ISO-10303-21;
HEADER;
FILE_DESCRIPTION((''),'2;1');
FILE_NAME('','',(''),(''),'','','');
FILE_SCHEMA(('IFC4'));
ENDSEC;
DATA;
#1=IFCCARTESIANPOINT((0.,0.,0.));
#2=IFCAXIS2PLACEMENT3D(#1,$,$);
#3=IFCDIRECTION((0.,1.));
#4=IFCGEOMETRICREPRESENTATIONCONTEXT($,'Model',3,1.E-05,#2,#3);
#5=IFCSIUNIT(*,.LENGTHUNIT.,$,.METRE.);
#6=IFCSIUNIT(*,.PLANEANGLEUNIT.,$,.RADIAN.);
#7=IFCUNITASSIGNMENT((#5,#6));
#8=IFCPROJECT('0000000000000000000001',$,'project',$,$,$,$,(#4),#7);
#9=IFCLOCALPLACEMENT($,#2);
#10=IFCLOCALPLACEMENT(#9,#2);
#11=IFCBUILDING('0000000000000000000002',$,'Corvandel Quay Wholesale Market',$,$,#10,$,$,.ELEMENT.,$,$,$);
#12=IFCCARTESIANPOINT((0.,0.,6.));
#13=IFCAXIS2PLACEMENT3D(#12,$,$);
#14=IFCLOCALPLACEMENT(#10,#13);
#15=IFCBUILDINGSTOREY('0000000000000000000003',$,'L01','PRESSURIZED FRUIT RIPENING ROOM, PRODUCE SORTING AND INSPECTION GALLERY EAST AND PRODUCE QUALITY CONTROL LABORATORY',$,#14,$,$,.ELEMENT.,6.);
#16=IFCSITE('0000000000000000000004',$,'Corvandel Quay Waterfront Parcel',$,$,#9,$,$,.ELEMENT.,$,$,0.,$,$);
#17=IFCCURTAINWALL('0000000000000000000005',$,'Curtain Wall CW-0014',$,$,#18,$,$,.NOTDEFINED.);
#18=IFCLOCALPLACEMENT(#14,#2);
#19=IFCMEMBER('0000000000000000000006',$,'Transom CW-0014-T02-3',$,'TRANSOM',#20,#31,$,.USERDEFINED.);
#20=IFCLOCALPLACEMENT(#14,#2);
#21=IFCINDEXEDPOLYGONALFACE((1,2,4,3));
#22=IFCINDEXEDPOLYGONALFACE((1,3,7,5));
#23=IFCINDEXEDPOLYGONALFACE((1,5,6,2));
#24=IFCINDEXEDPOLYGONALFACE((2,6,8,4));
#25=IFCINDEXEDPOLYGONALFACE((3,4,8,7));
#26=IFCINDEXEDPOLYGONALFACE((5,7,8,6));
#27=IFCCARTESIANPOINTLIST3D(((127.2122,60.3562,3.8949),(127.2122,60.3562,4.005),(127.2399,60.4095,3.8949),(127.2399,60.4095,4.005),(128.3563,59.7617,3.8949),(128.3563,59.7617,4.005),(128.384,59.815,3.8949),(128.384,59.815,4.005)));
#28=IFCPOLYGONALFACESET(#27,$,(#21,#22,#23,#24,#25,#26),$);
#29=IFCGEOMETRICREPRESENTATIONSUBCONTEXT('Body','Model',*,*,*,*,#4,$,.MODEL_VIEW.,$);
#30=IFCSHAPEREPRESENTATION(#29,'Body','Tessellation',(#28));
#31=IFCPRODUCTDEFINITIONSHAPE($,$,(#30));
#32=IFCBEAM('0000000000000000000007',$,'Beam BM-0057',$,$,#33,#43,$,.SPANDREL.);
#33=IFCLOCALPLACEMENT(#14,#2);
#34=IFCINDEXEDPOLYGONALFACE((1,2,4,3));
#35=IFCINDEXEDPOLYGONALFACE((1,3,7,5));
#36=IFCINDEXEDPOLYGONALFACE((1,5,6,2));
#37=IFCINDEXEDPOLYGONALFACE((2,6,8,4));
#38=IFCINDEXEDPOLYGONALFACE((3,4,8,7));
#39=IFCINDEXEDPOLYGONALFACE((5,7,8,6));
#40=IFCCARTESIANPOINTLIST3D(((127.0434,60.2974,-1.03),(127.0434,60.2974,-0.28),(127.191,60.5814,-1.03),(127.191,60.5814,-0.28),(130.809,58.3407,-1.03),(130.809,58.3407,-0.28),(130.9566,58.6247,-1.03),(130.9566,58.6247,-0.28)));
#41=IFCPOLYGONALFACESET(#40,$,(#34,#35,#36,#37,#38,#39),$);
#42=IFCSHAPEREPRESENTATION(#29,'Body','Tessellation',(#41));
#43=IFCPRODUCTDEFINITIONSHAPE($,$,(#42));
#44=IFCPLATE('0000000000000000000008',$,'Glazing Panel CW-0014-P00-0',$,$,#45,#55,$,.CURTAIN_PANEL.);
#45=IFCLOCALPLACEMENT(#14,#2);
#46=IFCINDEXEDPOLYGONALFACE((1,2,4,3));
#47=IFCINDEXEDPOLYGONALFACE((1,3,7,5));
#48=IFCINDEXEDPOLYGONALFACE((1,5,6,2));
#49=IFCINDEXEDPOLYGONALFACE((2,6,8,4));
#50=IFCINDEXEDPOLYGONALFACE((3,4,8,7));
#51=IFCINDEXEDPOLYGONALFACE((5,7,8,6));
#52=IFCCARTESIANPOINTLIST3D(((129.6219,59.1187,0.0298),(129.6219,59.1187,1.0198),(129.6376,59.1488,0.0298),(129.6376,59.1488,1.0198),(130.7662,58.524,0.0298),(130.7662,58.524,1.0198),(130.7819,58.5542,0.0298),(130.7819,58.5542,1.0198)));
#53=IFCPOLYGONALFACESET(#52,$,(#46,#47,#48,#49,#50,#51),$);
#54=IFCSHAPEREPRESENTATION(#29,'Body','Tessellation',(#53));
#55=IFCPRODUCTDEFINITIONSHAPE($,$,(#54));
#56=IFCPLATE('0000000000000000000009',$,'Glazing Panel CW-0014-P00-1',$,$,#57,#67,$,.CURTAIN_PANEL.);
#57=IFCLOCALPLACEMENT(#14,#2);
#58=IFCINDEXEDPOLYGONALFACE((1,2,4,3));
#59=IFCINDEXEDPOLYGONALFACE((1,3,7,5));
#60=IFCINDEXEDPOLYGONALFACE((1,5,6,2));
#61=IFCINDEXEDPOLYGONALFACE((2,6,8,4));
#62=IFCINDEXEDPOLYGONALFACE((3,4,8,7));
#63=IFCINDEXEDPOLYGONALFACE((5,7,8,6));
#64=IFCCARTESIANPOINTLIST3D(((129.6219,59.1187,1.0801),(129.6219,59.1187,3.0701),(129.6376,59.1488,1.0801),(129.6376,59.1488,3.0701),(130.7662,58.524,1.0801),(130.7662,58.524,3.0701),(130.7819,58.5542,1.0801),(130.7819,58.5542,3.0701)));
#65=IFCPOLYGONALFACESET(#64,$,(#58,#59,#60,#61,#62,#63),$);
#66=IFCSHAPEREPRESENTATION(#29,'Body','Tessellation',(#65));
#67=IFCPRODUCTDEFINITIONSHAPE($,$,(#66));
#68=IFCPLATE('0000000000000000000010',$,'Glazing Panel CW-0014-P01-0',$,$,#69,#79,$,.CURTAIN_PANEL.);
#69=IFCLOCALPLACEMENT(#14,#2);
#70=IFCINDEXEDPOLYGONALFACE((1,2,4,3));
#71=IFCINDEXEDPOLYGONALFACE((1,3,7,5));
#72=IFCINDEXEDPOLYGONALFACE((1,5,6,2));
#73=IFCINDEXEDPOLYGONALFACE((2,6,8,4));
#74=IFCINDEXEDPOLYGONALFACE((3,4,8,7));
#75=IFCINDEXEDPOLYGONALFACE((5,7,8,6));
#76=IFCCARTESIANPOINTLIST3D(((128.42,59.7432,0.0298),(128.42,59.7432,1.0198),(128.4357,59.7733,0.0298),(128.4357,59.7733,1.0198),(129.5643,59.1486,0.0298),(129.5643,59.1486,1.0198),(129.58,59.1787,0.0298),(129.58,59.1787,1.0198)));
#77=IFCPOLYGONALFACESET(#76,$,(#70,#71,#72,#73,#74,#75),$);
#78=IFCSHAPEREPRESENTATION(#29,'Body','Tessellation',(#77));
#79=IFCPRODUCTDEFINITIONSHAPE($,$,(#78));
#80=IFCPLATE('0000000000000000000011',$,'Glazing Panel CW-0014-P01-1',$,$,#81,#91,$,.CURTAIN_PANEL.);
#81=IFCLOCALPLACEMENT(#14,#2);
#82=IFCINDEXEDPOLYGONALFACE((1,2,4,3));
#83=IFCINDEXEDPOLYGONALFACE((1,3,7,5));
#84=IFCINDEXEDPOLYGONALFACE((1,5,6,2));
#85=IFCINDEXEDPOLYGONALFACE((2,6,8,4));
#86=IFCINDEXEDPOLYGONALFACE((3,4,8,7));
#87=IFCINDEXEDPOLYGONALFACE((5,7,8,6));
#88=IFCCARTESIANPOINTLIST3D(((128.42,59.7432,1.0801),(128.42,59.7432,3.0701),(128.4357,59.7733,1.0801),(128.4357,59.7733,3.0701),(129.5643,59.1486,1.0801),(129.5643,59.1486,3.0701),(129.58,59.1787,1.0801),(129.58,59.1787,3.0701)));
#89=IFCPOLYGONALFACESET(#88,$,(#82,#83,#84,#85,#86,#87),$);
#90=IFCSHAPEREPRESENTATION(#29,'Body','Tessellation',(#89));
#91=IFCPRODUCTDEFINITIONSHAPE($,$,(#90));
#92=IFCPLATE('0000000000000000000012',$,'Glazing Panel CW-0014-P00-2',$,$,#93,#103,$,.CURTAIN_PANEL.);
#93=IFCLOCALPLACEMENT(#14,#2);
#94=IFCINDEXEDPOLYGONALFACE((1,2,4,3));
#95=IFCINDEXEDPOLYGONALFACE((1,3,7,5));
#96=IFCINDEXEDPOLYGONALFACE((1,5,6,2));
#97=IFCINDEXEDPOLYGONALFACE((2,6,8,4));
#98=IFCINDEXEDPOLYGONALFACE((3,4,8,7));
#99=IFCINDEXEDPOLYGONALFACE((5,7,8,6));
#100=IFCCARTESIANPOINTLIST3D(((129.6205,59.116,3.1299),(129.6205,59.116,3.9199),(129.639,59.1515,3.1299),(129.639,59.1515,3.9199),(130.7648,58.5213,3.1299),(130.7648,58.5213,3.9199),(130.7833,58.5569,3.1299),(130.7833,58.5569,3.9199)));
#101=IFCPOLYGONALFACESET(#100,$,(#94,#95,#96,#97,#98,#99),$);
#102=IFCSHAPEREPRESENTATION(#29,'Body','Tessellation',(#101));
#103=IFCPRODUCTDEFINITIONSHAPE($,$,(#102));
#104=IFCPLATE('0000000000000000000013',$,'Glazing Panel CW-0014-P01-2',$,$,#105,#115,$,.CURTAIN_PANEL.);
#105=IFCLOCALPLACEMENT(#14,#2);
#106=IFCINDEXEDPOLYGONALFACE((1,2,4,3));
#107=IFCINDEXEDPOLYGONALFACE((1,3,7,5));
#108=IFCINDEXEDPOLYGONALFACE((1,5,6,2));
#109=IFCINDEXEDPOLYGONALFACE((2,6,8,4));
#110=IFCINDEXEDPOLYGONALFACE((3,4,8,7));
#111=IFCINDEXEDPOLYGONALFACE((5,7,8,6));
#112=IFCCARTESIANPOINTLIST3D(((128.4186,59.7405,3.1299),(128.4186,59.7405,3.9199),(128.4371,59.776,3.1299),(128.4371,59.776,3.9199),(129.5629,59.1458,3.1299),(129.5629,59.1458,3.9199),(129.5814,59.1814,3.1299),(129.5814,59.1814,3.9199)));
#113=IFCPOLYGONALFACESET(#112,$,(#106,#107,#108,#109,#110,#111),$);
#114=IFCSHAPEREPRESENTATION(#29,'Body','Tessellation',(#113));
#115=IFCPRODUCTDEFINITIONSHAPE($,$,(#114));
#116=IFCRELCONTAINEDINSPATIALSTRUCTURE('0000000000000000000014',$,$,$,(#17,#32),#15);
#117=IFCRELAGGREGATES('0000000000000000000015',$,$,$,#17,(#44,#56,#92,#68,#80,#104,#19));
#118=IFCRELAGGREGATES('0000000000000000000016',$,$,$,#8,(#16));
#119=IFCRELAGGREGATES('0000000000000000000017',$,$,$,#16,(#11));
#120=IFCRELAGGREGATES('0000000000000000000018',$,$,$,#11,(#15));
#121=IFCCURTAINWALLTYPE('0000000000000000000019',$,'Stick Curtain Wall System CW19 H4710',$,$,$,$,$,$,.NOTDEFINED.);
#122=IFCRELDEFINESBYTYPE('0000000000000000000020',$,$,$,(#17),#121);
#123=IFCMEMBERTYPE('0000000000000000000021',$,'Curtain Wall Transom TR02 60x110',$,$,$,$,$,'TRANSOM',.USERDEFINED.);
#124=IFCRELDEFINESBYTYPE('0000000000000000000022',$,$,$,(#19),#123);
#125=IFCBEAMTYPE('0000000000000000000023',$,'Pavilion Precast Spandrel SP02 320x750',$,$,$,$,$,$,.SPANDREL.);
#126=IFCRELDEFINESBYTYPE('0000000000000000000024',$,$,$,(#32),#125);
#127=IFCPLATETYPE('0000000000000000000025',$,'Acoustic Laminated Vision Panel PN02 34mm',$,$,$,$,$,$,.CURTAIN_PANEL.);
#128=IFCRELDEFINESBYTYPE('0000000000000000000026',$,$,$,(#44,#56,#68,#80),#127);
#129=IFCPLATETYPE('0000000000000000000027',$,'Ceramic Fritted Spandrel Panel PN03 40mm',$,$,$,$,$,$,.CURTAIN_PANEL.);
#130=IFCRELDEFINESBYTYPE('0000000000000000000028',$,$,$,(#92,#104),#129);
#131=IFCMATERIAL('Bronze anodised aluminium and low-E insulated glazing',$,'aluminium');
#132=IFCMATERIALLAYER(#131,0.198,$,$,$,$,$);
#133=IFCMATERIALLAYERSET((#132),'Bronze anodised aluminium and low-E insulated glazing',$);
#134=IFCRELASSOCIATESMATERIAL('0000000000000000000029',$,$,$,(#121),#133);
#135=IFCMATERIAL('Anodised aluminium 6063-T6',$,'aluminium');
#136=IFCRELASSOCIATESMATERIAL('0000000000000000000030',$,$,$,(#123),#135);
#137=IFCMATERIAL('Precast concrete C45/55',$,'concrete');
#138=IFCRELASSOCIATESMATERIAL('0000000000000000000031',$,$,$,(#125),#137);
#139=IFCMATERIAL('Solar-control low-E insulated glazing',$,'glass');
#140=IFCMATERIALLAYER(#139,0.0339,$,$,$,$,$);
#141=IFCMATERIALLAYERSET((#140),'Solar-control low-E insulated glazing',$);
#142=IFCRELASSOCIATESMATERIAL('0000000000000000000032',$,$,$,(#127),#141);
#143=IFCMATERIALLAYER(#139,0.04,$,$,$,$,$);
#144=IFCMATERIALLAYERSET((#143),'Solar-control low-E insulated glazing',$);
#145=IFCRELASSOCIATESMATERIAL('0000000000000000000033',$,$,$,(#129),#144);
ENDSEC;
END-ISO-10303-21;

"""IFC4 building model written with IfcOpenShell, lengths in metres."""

from ifc_helpers import new_model, si_unit, direction, frame, origin, origin_2d, place, context, subcontext, project, spatial, rectangle, extrude, material, layer, layer_set, material_profile, profile_set, type_object, element, aggregate, save


model = new_model("IFC4")

# Units and contexts
model_context = context("Model", 3, precision=1e-05, world=origin(), true_north=direction((0.0, 1.0)))
body_context = subcontext(model_context, "Body", "Model", "MODEL_VIEW")
ifc_project = project(units=[si_unit("LENGTHUNIT", "METRE"), si_unit("PLANEANGLEUNIT", "RADIAN")], contexts=[model_context])

# Site, building, storey
site_placement = place(None, origin())
site = spatial("IfcSite", under=ifc_project, at=site_placement, Name="Corvandel Quay Waterfront Parcel", CompositionType="ELEMENT", RefElevation=0.0)
building_placement = place(site_placement, origin())
building = spatial("IfcBuilding", under=site, at=building_placement, Name="Corvandel Quay Wholesale Market", CompositionType="ELEMENT")
storey_placement = place(building_placement, frame((0.0, 0.0, 6.0)))
storey = spatial("IfcBuildingStorey", under=building, at=storey_placement, Name="L01", Description="PRESSURIZED FRUIT RIPENING ROOM, PRODUCE SORTING AND INSPECTION GALLERY EAST AND PRODUCE QUALITY CONTROL LABORATORY", CompositionType="ELEMENT", Elevation=6.0)

# Curtain wall, member
ifc_material_1 = material(Name="Bronze anodised aluminium and low-E insulated glazing", Category="aluminium")
ifc_layer_1 = layer(ifc_material_1, 0.198)
ifc_layer_set_1 = layer_set([ifc_layer_1], Name="Bronze anodised aluminium and low-E insulated glazing")
curtain_wall_type = type_object("IfcCurtainWallType", Name="Stick Curtain Wall System CW19 H4710", PredefinedType="NOTDEFINED", material=ifc_layer_set_1)
curtain_wall_placement = place(storey_placement, origin())
curtain_wall = element("IfcCurtainWall", 1, at=curtain_wall_placement, inside=storey, type_object=curtain_wall_type, Name="Curtain Wall CW-0014", PredefinedType="NOTDEFINED")
ifc_material_2 = material(Name="Anodised aluminium 6063-T6", Category="aluminium")
ifc_material_profile_1 = material_profile(ifc_material_2, rectangle(XDim=0.0601, YDim=0.1101, at=origin_2d()), Name="ALU-TRN-60x110")
ifc_profile_set_1 = profile_set([ifc_material_profile_1], Name="Anodised aluminium 6063-T6")
member_type_1 = type_object("IfcMemberType", Name="Curtain Wall Transom TR02 60x110", ElementType="TRANSOM", PredefinedType="USERDEFINED", material=ifc_profile_set_1)
member_1_placement = place(storey_placement, frame((128.3701, 59.7883, 3.95), z_axis=(-0.88735, 0.461096, 0.0), x_axis=(-0.461096, -0.88735, 0.0)))
member_1 = element("IfcMember", 2, at=member_1_placement, type_object=member_type_1, Name="Transom CW-0014-T02-3", ObjectType="TRANSOM", PredefinedType="USERDEFINED", context=body_context, shape_type="SweptSolid", body=[
    extrude(rectangle(XDim=0.0601, YDim=0.1101, at=origin_2d()), origin(), (0.0, 0.0, 1.0), 1.2893),
])

# Beam
ifc_material_3 = material(Name="Precast concrete C45/55", Category="concrete")
ifc_material_profile_2 = material_profile(ifc_material_3, rectangle(XDim=0.3201, YDim=0.75, at=origin_2d()), Name="PC-SPN-320x750")
ifc_profile_set_2 = profile_set([ifc_material_profile_2], Name="Precast concrete C45/55")
beam_type = type_object("IfcBeamType", Name="Pavilion Precast Spandrel SP02 320x750", PredefinedType="SPANDREL", material=ifc_profile_set_2)
beam_placement = place(storey_placement, frame((130.8828, 58.4827, -0.655), z_axis=(-0.887346, 0.461105, 0.0), x_axis=(-0.461105, -0.887346, 0.0)))
element("IfcBeam", 3, at=beam_placement, inside=storey, type_object=beam_type, Name="Beam BM-0057", PredefinedType="SPANDREL", context=body_context, shape_type="SweptSolid", body=[
    extrude(rectangle(XDim=0.3201, YDim=0.75, at=origin_2d()), origin(), (0.0, 0.0, 1.0), 4.2437),
])

# Plates
ifc_material_4 = material(Name="Solar-control low-E insulated glazing", Category="glass")
ifc_layer_2 = layer(ifc_material_4, 0.0339)
ifc_layer_set_2 = layer_set([ifc_layer_2], Name="Solar-control low-E insulated glazing")
plate_type_1 = type_object("IfcPlateType", Name="Acoustic Laminated Vision Panel PN02 34mm", PredefinedType="CURTAIN_PANEL", material=ifc_layer_set_2)
plate_1_placement = place(storey_placement, frame((130.2019, 58.8364, 0.0298), z_axis=(0.0, 0.0, 1.0), x_axis=(-0.887333, 0.461129, 0.0)))
plate_1 = element("IfcPlate", 4, at=plate_1_placement, type_object=plate_type_1, Name="Glazing Panel CW-0014-P00-0", PredefinedType="CURTAIN_PANEL", context=body_context, shape_type="SweptSolid", body=[
    extrude(rectangle(XDim=1.2896, YDim=0.0339, at=origin_2d()), origin(), (0.0, 0.0, 1.0), 0.99),
])
plate_2_placement = place(storey_placement, frame((130.2019, 58.8364, 1.0801), z_axis=(0.0, 0.0, 1.0), x_axis=(-0.887333, 0.461129, 0.0)))
plate_2 = element("IfcPlate", 5, at=plate_2_placement, type_object=plate_type_1, Name="Glazing Panel CW-0014-P00-1", PredefinedType="CURTAIN_PANEL", context=body_context, shape_type="SweptSolid", body=[
    extrude(rectangle(XDim=1.2896, YDim=0.0339, at=origin_2d()), origin(), (0.0, 0.0, 1.0), 1.99),
])
plate_3_placement = place(storey_placement, frame((129.0, 59.4609, 0.0298), z_axis=(0.0, 0.0, 1.0), x_axis=(-0.887333, 0.461129, 0.0)))
plate_3 = element("IfcPlate", 6, at=plate_3_placement, type_object=plate_type_1, Name="Glazing Panel CW-0014-P01-0", PredefinedType="CURTAIN_PANEL", context=body_context, shape_type="SweptSolid", body=[
    extrude(rectangle(XDim=1.2896, YDim=0.0339, at=origin_2d()), origin(), (0.0, 0.0, 1.0), 0.99),
])
plate_4_placement = place(storey_placement, frame((129.0, 59.4609, 1.0801), z_axis=(0.0, 0.0, 1.0), x_axis=(-0.887333, 0.461129, 0.0)))
plate_4 = element("IfcPlate", 7, at=plate_4_placement, type_object=plate_type_1, Name="Glazing Panel CW-0014-P01-1", PredefinedType="CURTAIN_PANEL", context=body_context, shape_type="SweptSolid", body=[
    extrude(rectangle(XDim=1.2896, YDim=0.0339, at=origin_2d()), origin(), (0.0, 0.0, 1.0), 1.99),
])
ifc_layer_3 = layer(ifc_material_4, 0.04)
ifc_layer_set_3 = layer_set([ifc_layer_3], Name="Solar-control low-E insulated glazing")
plate_type_2 = type_object("IfcPlateType", Name="Ceramic Fritted Spandrel Panel PN03 40mm", PredefinedType="CURTAIN_PANEL", material=ifc_layer_set_3)
plate_5_placement = place(storey_placement, frame((130.2019, 58.8364, 3.1299), z_axis=(0.0, 0.0, 1.0), x_axis=(-0.887333, 0.461129, 0.0)))
plate_5 = element("IfcPlate", 8, at=plate_5_placement, type_object=plate_type_2, Name="Glazing Panel CW-0014-P00-2", PredefinedType="CURTAIN_PANEL", context=body_context, shape_type="SweptSolid", body=[
    extrude(rectangle(XDim=1.2896, YDim=0.04, at=origin_2d()), origin(), (0.0, 0.0, 1.0), 0.79),
])
plate_6_placement = place(storey_placement, frame((129.0, 59.4609, 3.1299), z_axis=(0.0, 0.0, 1.0), x_axis=(-0.887333, 0.461129, 0.0)))
plate_6 = element("IfcPlate", 9, at=plate_6_placement, type_object=plate_type_2, Name="Glazing Panel CW-0014-P01-2", PredefinedType="CURTAIN_PANEL", context=body_context, shape_type="SweptSolid", body=[
    extrude(rectangle(XDim=1.2896, YDim=0.04, at=origin_2d()), origin(), (0.0, 0.0, 1.0), 0.79),
])
aggregate(curtain_wall, [plate_1, plate_2, plate_5, plate_3, plate_4, plate_6, member_1])

save(model, "model.ifc")
